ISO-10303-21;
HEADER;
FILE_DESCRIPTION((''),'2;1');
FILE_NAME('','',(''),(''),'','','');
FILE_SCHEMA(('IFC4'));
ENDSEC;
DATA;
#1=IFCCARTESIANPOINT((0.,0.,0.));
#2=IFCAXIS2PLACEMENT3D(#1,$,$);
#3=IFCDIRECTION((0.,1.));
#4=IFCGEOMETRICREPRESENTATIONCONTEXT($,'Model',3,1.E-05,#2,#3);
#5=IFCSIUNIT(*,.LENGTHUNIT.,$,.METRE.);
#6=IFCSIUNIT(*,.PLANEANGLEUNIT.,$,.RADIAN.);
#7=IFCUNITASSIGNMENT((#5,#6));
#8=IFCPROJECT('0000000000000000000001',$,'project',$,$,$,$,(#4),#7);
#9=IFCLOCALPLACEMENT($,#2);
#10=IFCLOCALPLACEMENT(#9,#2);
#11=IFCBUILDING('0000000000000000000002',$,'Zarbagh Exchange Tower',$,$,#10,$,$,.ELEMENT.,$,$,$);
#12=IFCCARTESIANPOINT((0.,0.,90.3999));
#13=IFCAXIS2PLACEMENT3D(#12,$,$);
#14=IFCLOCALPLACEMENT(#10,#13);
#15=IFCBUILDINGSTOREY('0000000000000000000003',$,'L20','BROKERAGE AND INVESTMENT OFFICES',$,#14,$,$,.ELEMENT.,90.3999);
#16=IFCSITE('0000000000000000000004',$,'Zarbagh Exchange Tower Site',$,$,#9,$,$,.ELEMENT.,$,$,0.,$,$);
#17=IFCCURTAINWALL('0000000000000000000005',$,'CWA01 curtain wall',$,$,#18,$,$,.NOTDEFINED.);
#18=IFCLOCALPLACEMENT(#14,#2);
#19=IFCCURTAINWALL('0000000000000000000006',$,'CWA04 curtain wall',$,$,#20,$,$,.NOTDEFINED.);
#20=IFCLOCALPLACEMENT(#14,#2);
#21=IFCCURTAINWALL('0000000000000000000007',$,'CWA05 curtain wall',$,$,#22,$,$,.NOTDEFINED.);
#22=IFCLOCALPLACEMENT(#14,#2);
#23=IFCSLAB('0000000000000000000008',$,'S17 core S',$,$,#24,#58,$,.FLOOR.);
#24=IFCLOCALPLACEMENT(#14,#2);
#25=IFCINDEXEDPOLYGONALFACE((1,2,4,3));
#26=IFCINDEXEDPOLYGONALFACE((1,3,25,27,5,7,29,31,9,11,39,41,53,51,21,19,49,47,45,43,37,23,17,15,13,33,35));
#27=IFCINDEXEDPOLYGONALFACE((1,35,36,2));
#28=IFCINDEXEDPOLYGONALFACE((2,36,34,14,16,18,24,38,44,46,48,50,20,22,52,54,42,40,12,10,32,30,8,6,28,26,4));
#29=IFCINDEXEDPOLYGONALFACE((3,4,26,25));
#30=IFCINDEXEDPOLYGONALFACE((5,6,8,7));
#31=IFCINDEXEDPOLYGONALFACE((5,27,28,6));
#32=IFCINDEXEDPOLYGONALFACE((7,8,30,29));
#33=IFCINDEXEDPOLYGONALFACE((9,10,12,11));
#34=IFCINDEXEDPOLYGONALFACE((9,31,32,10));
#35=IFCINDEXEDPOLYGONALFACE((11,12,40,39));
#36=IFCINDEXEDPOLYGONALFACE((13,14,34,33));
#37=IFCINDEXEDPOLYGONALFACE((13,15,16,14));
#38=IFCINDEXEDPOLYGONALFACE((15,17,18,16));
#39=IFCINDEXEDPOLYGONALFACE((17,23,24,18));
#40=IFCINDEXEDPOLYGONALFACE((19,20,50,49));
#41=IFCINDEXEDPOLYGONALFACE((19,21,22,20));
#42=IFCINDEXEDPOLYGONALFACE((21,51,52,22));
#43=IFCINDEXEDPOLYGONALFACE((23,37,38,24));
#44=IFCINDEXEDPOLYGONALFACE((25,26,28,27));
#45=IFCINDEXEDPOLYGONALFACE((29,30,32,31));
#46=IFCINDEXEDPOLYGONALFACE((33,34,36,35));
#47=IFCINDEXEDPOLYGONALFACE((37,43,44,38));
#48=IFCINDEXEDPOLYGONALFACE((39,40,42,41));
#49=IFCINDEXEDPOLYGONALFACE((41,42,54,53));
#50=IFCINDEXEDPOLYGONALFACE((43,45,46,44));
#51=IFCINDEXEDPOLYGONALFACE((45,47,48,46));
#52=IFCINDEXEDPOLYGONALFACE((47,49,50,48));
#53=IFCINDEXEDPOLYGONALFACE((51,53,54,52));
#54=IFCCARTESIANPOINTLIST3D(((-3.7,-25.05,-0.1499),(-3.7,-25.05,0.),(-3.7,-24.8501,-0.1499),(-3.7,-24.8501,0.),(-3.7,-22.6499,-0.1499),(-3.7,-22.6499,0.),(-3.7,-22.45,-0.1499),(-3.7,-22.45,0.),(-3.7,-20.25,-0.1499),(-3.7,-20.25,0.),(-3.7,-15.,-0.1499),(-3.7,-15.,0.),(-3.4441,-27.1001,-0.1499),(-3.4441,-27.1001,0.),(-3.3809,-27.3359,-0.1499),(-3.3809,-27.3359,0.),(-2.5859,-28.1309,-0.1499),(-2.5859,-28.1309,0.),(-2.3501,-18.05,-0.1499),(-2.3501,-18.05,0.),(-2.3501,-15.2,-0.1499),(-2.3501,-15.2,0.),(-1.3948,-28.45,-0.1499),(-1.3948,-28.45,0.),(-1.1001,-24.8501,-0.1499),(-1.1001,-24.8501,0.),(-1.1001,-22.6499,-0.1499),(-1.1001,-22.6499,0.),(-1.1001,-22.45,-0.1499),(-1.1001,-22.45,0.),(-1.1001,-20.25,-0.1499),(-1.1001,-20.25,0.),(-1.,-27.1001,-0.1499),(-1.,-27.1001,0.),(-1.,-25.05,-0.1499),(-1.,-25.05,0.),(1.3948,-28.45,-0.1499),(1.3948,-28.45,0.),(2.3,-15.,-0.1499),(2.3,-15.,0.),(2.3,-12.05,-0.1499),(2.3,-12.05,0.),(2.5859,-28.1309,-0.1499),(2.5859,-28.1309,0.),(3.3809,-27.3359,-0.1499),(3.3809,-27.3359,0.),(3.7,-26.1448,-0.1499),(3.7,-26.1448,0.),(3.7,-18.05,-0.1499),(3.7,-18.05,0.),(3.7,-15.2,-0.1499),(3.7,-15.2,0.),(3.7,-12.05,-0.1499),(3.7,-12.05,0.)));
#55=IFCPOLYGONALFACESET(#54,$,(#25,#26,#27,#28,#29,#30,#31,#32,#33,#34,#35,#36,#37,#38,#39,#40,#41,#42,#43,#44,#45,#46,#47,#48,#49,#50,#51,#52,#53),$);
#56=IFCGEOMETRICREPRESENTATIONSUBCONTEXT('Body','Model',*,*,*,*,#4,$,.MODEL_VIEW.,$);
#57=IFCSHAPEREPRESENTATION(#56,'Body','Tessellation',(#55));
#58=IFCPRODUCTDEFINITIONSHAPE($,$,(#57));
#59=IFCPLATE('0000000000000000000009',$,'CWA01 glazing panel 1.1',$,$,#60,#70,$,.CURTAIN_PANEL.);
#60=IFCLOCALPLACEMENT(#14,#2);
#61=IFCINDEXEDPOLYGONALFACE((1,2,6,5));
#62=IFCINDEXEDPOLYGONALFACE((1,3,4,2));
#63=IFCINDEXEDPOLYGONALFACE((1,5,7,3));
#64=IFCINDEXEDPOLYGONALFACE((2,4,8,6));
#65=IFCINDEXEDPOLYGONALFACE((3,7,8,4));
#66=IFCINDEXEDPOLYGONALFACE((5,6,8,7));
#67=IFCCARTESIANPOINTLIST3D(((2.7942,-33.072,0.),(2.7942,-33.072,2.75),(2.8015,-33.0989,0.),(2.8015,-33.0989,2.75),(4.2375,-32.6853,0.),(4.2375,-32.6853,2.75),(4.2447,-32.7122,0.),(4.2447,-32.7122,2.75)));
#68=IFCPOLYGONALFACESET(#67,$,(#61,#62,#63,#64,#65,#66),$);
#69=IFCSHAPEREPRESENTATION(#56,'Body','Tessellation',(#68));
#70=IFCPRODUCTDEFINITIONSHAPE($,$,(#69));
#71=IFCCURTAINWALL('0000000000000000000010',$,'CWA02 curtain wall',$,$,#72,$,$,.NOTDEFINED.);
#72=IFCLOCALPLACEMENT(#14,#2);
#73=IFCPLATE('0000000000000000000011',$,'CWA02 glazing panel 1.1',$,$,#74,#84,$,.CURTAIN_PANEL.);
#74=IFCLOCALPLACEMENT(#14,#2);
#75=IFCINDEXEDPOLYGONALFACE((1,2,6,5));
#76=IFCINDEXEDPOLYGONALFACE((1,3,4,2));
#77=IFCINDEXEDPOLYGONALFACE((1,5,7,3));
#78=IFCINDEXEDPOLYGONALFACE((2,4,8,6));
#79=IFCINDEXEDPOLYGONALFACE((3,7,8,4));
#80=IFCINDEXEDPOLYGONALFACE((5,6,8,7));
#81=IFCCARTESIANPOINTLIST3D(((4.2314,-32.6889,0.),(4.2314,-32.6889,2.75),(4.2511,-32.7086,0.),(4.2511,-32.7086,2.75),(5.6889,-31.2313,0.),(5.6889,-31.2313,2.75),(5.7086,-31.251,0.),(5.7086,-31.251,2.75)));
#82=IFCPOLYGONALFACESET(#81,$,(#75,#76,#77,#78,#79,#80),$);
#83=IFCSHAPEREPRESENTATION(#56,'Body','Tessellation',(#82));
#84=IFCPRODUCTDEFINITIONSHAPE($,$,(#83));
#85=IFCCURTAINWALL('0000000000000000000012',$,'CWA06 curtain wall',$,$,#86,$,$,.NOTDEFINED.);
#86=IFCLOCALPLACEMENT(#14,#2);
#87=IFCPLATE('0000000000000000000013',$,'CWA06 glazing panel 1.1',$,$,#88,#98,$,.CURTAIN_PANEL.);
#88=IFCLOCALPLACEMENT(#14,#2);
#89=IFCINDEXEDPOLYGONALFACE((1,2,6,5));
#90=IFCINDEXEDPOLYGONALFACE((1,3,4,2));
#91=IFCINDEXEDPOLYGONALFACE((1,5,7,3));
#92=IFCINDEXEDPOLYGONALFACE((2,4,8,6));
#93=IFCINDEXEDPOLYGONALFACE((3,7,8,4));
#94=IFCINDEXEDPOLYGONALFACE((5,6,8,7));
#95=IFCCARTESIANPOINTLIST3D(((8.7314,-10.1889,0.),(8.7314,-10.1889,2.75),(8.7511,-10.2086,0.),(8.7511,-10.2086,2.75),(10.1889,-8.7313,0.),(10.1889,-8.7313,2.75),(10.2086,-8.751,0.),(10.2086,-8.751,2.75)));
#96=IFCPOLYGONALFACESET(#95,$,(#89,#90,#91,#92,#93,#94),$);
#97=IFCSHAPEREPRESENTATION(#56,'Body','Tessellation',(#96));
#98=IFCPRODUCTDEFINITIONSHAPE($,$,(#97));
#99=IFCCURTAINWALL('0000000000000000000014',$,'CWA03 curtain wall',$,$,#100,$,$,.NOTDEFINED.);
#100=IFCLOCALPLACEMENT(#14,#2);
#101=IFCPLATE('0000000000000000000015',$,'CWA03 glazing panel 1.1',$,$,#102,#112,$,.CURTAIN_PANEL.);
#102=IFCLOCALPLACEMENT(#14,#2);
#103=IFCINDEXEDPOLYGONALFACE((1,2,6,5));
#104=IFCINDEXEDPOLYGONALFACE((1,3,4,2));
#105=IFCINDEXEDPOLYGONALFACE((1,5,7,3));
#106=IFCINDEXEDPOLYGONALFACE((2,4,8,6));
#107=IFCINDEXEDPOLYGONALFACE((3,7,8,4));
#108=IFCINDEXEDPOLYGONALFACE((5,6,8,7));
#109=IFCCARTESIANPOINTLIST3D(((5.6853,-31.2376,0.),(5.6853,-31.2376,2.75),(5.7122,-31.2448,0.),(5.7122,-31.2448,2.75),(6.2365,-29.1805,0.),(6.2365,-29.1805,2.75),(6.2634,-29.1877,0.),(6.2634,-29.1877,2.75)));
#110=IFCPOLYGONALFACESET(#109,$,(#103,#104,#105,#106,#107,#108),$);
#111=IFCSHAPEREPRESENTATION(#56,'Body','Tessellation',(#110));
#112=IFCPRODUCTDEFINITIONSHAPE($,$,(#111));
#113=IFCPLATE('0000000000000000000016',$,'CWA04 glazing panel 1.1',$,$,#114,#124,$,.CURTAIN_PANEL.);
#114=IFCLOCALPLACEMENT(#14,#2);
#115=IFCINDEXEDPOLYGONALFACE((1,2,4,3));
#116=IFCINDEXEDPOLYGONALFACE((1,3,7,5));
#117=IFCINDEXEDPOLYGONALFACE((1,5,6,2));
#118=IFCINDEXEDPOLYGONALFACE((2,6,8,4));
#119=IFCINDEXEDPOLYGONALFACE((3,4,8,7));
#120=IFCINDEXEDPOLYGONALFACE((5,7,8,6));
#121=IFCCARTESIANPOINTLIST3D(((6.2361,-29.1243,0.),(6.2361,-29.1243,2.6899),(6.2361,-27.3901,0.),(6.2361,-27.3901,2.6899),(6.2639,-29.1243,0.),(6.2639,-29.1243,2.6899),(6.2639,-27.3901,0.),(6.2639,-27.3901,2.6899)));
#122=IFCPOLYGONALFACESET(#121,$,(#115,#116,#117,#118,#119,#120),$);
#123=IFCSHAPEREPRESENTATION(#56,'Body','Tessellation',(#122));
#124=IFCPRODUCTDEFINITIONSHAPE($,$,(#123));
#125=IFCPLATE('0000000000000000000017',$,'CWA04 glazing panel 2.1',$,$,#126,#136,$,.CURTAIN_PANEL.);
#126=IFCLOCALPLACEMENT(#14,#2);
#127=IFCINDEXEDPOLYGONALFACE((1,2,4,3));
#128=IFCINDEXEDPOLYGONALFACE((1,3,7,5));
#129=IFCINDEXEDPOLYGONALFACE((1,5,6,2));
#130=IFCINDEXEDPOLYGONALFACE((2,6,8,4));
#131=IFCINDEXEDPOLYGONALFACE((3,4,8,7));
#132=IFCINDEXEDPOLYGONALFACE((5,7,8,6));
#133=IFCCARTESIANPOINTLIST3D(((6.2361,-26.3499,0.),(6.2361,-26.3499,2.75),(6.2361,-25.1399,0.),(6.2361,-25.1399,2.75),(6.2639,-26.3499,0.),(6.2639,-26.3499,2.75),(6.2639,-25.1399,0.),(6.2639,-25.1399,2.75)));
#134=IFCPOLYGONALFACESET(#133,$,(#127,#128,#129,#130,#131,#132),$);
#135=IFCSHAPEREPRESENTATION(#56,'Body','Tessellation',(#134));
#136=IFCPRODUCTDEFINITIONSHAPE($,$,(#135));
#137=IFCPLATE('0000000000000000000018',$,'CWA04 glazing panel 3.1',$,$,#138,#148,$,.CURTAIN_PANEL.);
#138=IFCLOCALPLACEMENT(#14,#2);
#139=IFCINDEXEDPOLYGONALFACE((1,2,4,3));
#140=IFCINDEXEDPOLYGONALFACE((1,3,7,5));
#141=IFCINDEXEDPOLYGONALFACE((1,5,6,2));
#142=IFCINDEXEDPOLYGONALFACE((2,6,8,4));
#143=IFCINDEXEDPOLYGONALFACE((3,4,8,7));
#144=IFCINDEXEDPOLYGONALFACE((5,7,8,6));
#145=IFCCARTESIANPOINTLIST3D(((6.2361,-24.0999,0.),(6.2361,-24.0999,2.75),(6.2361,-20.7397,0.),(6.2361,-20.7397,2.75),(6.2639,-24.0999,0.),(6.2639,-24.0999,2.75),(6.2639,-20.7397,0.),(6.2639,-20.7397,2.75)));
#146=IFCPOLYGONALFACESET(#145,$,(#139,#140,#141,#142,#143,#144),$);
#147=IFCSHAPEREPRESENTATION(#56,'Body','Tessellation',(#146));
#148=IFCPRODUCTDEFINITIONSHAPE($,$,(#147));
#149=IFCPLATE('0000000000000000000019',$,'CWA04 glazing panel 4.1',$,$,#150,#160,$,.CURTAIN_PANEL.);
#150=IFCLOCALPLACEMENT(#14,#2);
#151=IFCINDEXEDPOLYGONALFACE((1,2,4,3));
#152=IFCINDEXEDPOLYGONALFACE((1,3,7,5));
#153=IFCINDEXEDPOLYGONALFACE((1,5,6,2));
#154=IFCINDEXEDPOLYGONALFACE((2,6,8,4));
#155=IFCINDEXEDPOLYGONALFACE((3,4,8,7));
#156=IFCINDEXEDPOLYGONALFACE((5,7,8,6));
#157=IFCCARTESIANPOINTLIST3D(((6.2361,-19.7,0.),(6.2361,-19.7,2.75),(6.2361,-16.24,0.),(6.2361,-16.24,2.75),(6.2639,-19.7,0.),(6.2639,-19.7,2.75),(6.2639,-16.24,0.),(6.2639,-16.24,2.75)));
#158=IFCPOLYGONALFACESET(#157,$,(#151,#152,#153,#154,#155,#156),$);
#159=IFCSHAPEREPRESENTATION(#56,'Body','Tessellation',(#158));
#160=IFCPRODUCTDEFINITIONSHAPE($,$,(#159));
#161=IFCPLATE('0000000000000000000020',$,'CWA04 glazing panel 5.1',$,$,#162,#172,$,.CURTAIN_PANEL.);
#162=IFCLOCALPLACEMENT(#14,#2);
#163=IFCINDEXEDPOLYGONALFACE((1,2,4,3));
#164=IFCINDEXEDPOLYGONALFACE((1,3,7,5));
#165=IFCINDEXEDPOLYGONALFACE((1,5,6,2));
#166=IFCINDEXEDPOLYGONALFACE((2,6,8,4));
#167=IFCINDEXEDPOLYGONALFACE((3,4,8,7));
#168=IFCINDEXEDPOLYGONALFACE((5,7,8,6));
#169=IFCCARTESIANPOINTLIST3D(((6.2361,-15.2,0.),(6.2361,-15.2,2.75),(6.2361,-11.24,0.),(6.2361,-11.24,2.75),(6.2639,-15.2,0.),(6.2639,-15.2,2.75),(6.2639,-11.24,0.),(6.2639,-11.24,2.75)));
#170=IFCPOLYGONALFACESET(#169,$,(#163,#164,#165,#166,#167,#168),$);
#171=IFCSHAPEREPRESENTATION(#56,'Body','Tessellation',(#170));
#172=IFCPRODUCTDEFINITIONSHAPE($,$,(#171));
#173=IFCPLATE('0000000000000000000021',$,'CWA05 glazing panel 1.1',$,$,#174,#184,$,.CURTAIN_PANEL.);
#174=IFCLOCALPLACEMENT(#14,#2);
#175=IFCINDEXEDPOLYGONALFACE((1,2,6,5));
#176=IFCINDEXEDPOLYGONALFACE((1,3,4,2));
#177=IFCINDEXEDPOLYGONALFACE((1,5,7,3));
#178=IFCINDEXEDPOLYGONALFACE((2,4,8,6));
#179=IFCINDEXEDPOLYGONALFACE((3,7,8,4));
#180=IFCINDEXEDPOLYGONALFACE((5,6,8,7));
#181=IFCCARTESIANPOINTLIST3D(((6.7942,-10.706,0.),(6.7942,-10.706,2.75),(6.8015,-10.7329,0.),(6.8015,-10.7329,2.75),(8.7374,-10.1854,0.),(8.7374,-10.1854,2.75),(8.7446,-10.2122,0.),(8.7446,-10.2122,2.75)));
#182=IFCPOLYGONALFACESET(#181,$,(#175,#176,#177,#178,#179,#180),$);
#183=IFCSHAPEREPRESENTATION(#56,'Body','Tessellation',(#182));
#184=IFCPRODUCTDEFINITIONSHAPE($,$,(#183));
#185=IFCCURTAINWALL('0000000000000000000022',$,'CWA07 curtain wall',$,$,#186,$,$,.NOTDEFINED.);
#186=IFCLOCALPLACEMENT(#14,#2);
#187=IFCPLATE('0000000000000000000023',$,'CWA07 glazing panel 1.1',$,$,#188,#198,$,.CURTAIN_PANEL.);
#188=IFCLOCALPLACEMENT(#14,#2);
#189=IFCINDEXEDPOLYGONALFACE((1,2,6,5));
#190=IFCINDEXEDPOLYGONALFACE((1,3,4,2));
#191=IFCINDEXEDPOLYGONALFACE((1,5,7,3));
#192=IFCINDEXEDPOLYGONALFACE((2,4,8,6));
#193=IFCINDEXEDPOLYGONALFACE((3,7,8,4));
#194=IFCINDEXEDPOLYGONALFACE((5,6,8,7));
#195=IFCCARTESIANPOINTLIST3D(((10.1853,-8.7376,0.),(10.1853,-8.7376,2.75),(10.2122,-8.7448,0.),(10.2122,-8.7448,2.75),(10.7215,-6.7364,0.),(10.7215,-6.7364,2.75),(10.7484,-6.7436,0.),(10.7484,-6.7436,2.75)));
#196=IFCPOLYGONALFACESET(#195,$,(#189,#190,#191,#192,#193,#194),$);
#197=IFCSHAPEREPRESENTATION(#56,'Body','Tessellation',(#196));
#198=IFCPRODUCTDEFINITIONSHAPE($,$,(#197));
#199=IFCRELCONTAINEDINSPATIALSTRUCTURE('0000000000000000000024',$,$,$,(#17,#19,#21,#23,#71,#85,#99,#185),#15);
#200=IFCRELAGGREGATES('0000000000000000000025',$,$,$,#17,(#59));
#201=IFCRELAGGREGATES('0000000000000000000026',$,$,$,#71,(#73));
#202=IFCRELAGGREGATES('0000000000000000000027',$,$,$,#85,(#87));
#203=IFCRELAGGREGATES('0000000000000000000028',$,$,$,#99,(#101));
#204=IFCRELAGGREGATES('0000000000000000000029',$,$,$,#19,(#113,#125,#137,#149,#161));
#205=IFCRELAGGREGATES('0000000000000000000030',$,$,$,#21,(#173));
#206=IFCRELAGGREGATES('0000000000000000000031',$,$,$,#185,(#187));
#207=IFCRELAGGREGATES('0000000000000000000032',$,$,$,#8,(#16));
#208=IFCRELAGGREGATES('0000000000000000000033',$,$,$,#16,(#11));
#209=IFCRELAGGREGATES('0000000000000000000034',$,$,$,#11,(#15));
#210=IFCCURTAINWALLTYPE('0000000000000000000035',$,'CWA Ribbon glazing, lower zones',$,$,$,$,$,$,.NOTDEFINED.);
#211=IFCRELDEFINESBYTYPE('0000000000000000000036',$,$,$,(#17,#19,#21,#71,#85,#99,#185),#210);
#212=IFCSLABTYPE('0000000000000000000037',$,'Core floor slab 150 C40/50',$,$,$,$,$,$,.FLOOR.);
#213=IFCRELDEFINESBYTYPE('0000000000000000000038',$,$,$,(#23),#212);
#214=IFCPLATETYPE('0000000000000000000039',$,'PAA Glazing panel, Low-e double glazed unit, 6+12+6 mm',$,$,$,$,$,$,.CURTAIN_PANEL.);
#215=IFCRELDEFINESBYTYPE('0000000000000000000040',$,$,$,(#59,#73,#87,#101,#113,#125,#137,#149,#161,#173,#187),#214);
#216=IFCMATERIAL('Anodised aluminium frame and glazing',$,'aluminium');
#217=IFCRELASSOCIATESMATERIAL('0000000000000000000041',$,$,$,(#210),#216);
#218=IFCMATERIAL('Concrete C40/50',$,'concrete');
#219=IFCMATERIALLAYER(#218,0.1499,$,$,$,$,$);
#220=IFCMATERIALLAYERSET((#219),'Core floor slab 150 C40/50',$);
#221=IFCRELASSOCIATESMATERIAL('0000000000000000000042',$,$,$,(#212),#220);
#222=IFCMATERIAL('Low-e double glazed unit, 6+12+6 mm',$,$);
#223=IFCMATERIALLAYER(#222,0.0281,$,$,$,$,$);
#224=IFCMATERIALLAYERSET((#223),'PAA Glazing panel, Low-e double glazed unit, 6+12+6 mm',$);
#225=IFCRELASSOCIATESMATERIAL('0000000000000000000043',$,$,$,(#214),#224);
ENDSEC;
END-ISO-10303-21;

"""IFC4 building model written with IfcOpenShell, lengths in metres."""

from ifc_helpers import new_model, si_unit, direction, frame, origin, place, context, subcontext, project, spatial, polyline, outline, extrude, source, transform, mapped, material, layer, layer_set, type_object, element, aggregate, save


model = new_model("IFC4")

# Units and contexts
model_context = context("Model", 3, precision=1e-05, world=origin(), true_north=direction((0.0, 1.0)))
body_context = subcontext(model_context, "Body", "Model", "MODEL_VIEW")
ifc_project = project(units=[si_unit("LENGTHUNIT", "METRE"), si_unit("PLANEANGLEUNIT", "RADIAN")], contexts=[model_context])

# Site, building, storey
site_placement = place(None, origin())
site = spatial("IfcSite", under=ifc_project, at=site_placement, Name="Zarbagh Exchange Tower Site", CompositionType="ELEMENT", RefElevation=0.0)
building_placement = place(site_placement, origin())
building = spatial("IfcBuilding", under=site, at=building_placement, Name="Zarbagh Exchange Tower", CompositionType="ELEMENT")
storey_placement = place(building_placement, frame((0.0, 0.0, 90.3999)))
storey = spatial("IfcBuildingStorey", under=building, at=storey_placement, Name="L20", Description="BROKERAGE AND INVESTMENT OFFICES", CompositionType="ELEMENT", Elevation=90.3999)

# Curtain wall
ifc_material_1 = material(Name="Anodised aluminium frame and glazing", Category="aluminium")
curtain_wall_type = type_object("IfcCurtainWallType", Name="CWA Ribbon glazing, lower zones", PredefinedType="NOTDEFINED", material=ifc_material_1)
curtain_wall_1_placement = place(storey_placement, origin())
curtain_wall_1 = element("IfcCurtainWall", 1, at=curtain_wall_1_placement, inside=storey, type_object=curtain_wall_type, Name="CWA01 curtain wall", PredefinedType="NOTDEFINED")
placement = place(storey_placement, origin())

# Curtain wall
curtain_wall_2_placement = place(storey_placement, origin())
curtain_wall_2 = element("IfcCurtainWall", 2, at=curtain_wall_2_placement, inside=storey, type_object=curtain_wall_type, Name="CWA04 curtain wall", PredefinedType="NOTDEFINED")

# Curtain wall
curtain_wall_3_placement = place(storey_placement, origin())
curtain_wall_3 = element("IfcCurtainWall", 3, at=curtain_wall_3_placement, inside=storey, type_object=curtain_wall_type, Name="CWA05 curtain wall", PredefinedType="NOTDEFINED")

# Slab
ifc_material_2 = material(Name="Concrete C40/50", Category="concrete")
ifc_layer_1 = layer(ifc_material_2, 0.1499)
ifc_layer_set_1 = layer_set([ifc_layer_1], Name="Core floor slab 150 C40/50")
slab_type = type_object("IfcSlabType", Name="Core floor slab 150 C40/50", PredefinedType="FLOOR", material=ifc_layer_set_1)
slab_1_placement = place(storey_placement, frame((0.0, 0.0, -0.1499)))
element("IfcSlab", 4, at=slab_1_placement, inside=storey, type_object=slab_type, Name="S17 core S", PredefinedType="FLOOR", context=body_context, shape_type="SweptSolid", body=[
    extrude(outline(polyline([(-2.5859, -28.1309), (-3.3809, -27.3359), (-3.6465, -26.3447), (-3.4441, -27.1001), (-1.0, -27.1001), (-1.0, -25.05), (-3.7, -25.05), (-3.7, -24.8501), (-1.1001, -24.8501), (-1.1001, -22.6499), (-3.7, -22.6499), (-3.7, -22.45), (-1.1001, -22.45), (-1.1001, -20.25), (-3.7, -20.25), (-3.7, -15.0), (2.3, -15.0), (2.3, -12.05), (3.7, -12.05), (3.7, -15.2), (-2.3501, -15.2), (-2.3501, -18.05), (3.7, -18.05), (3.7, -26.1448), (3.3809, -27.3359), (2.5859, -28.1309), (1.3948, -28.45), (-1.3948, -28.45), (-2.5859, -28.1309)])), origin(), (0.0, 0.0, 1.0), 0.1499),
])

# Plate
ifc_material_3 = material(Name="Low-e double glazed unit, 6+12+6 mm")
ifc_layer_2 = layer(ifc_material_3, 0.0281)
ifc_layer_set_2 = layer_set([ifc_layer_2], Name="PAA Glazing panel, Low-e double glazed unit, 6+12+6 mm")
plate_type = type_object("IfcPlateType", Name="PAA Glazing panel, Low-e double glazed unit, 6+12+6 mm", PredefinedType="CURTAIN_PANEL", material=ifc_layer_set_2)
shared_shape_1 = source(origin(), body_context, "Body", "SweptSolid", [
    extrude(outline(polyline([(0.0, -0.0139), (1.4941, -0.0139), (1.4941, 0.0139), (0.0, 0.0139), (0.0, -0.0139)])), origin(), (0.0, 0.0, 1.0), 2.75),
])
plate_1 = element("IfcPlate", 5, at=placement, type_object=plate_type, Name="CWA01 glazing panel 1.1", PredefinedType="CURTAIN_PANEL", context=body_context, shape_type="MappedRepresentation", body=[
    mapped(shared_shape_1, transform((2.7979, -33.0854, 0.0), x_axis=(0.965924, 0.258825, 0.0), y_axis=(-0.258825, 0.965924, 0.0), z_axis=(0.0, 0.0, 1.0))),
])
aggregate(curtain_wall_1, [plate_1])

# Curtain walls, plates
curtain_wall_4_placement = place(storey_placement, origin())
curtain_wall_4 = element("IfcCurtainWall", 6, at=curtain_wall_4_placement, inside=storey, type_object=curtain_wall_type, Name="CWA02 curtain wall", PredefinedType="NOTDEFINED")
shared_shape_2 = source(origin(), body_context, "Body", "SweptSolid", [
    extrude(outline(polyline([(0.0, -0.0139), (2.0613, -0.0139), (2.0613, 0.0139), (0.0, 0.0139), (0.0, -0.0139)])), origin(), (0.0, 0.0, 1.0), 2.75),
])
plate_2 = element("IfcPlate", 7, at=placement, type_object=plate_type, Name="CWA02 glazing panel 1.1", PredefinedType="CURTAIN_PANEL", context=body_context, shape_type="MappedRepresentation", body=[
    mapped(shared_shape_2, transform((4.2412, -32.6987, 0.0), x_axis=(0.707107, 0.707107, 0.0), y_axis=(-0.707107, 0.707107, 0.0), z_axis=(0.0, 0.0, 1.0))),
])
aggregate(curtain_wall_4, [plate_2])
curtain_wall_5_placement = place(storey_placement, origin())
curtain_wall_5 = element("IfcCurtainWall", 8, at=curtain_wall_5_placement, inside=storey, type_object=curtain_wall_type, Name="CWA06 curtain wall", PredefinedType="NOTDEFINED")
plate_3 = element("IfcPlate", 9, at=placement, type_object=plate_type, Name="CWA06 glazing panel 1.1", PredefinedType="CURTAIN_PANEL", context=body_context, shape_type="MappedRepresentation", body=[
    mapped(shared_shape_2, transform((8.7412, -10.1987, 0.0), x_axis=(0.707107, 0.707107, 0.0), y_axis=(-0.707107, 0.707107, 0.0), z_axis=(0.0, 0.0, 1.0))),
])
aggregate(curtain_wall_5, [plate_3])
curtain_wall_6_placement = place(storey_placement, origin())
curtain_wall_6 = element("IfcCurtainWall", 10, at=curtain_wall_6_placement, inside=storey, type_object=curtain_wall_type, Name="CWA03 curtain wall", PredefinedType="NOTDEFINED")
shared_shape_3 = source(origin(), body_context, "Body", "SweptSolid", [
    extrude(outline(polyline([(0.0, -0.0139), (2.1296, -0.0139), (2.1296, 0.0139), (0.0, 0.0139), (0.0, -0.0139)])), origin(), (0.0, 0.0, 1.0), 2.75),
])
plate_4 = element("IfcPlate", 11, at=placement, type_object=plate_type, Name="CWA03 glazing panel 1.1", PredefinedType="CURTAIN_PANEL", context=body_context, shape_type="MappedRepresentation", body=[
    mapped(shared_shape_3, transform((5.6987, -31.2412, 0.0), x_axis=(0.258825, 0.965924, 0.0), y_axis=(-0.965924, 0.258825, 0.0), z_axis=(0.0, 0.0, 1.0))),
])
aggregate(curtain_wall_6, [plate_4])

# Plates
shared_shape_4 = source(origin(), body_context, "Body", "SweptSolid", [
    extrude(outline(polyline([(0.0, -0.0139), (1.7341, -0.0139), (1.7341, 0.0139), (0.0, 0.0139), (0.0, -0.0139)])), origin(), (0.0, 0.0, 1.0), 2.6899),
])
plate_5 = element("IfcPlate", 12, at=placement, type_object=plate_type, Name="CWA04 glazing panel 1.1", PredefinedType="CURTAIN_PANEL", context=body_context, shape_type="MappedRepresentation", body=[
    mapped(shared_shape_4, transform((6.25, -29.1243, 0.0), x_axis=(0.0, 1.0, 0.0), y_axis=(-1.0, 0.0, 0.0), z_axis=(0.0, 0.0, 1.0))),
])
shared_shape_5 = source(origin(), body_context, "Body", "SweptSolid", [
    extrude(outline(polyline([(0.0, -0.0139), (1.21, -0.0139), (1.21, 0.0139), (0.0, 0.0139), (0.0, -0.0139)])), origin(), (0.0, 0.0, 1.0), 2.75),
])
plate_6 = element("IfcPlate", 13, at=placement, type_object=plate_type, Name="CWA04 glazing panel 2.1", PredefinedType="CURTAIN_PANEL", context=body_context, shape_type="MappedRepresentation", body=[
    mapped(shared_shape_5, transform((6.25, -26.3499, 0.0), x_axis=(0.0, 1.0, 0.0), y_axis=(-1.0, 0.0, 0.0), z_axis=(0.0, 0.0, 1.0))),
])
shared_shape_6 = source(origin(), body_context, "Body", "SweptSolid", [
    extrude(outline(polyline([(0.0, -0.0139), (3.3601, -0.0139), (3.3601, 0.0139), (0.0, 0.0139), (0.0, -0.0139)])), origin(), (0.0, 0.0, 1.0), 2.75),
])
plate_7 = element("IfcPlate", 14, at=placement, type_object=plate_type, Name="CWA04 glazing panel 3.1", PredefinedType="CURTAIN_PANEL", context=body_context, shape_type="MappedRepresentation", body=[
    mapped(shared_shape_6, transform((6.25, -24.0999, 0.0), x_axis=(0.0, 1.0, 0.0), y_axis=(-1.0, 0.0, 0.0), z_axis=(0.0, 0.0, 1.0))),
])
shared_shape_7 = source(origin(), body_context, "Body", "SweptSolid", [
    extrude(outline(polyline([(0.0, -0.0139), (3.46, -0.0139), (3.46, 0.0139), (0.0, 0.0139), (0.0, -0.0139)])), origin(), (0.0, 0.0, 1.0), 2.75),
])
plate_8 = element("IfcPlate", 15, at=placement, type_object=plate_type, Name="CWA04 glazing panel 4.1", PredefinedType="CURTAIN_PANEL", context=body_context, shape_type="MappedRepresentation", body=[
    mapped(shared_shape_7, transform((6.25, -19.7, 0.0), x_axis=(0.0, 1.0, 0.0), y_axis=(-1.0, 0.0, 0.0), z_axis=(0.0, 0.0, 1.0))),
])
shared_shape_8 = source(origin(), body_context, "Body", "SweptSolid", [
    extrude(outline(polyline([(0.0, -0.0139), (3.96, -0.0139), (3.96, 0.0139), (0.0, 0.0139), (0.0, -0.0139)])), origin(), (0.0, 0.0, 1.0), 2.75),
])
plate_9 = element("IfcPlate", 16, at=placement, type_object=plate_type, Name="CWA04 glazing panel 5.1", PredefinedType="CURTAIN_PANEL", context=body_context, shape_type="MappedRepresentation", body=[
    mapped(shared_shape_8, transform((6.25, -15.2, 0.0), x_axis=(0.0, 1.0, 0.0), y_axis=(-1.0, 0.0, 0.0), z_axis=(0.0, 0.0, 1.0))),
])
aggregate(curtain_wall_2, [plate_5, plate_6, plate_7, plate_8, plate_9])
shared_shape_9 = source(origin(), body_context, "Body", "SweptSolid", [
    extrude(outline(polyline([(0.0, -0.0139), (2.0117, -0.0139), (2.0117, 0.0139), (0.0, 0.0139), (0.0, -0.0139)])), origin(), (0.0, 0.0, 1.0), 2.75),
])
plate_10 = element("IfcPlate", 17, at=placement, type_object=plate_type, Name="CWA05 glazing panel 1.1", PredefinedType="CURTAIN_PANEL", context=body_context, shape_type="MappedRepresentation", body=[
    mapped(shared_shape_9, transform((6.7979, -10.7195, 0.0), x_axis=(0.965924, 0.258825, 0.0), y_axis=(-0.258825, 0.965924, 0.0), z_axis=(0.0, 0.0, 1.0))),
])
aggregate(curtain_wall_3, [plate_10])

# Curtain wall, plate
curtain_wall_7_placement = place(storey_placement, origin())
curtain_wall_7 = element("IfcCurtainWall", 18, at=curtain_wall_7_placement, inside=storey, type_object=curtain_wall_type, Name="CWA07 curtain wall", PredefinedType="NOTDEFINED")
shared_shape_10 = source(origin(), body_context, "Body", "SweptSolid", [
    extrude(outline(polyline([(0.0, -0.0139), (2.0718, -0.0139), (2.0718, 0.0139), (0.0, 0.0139), (0.0, -0.0139)])), origin(), (0.0, 0.0, 1.0), 2.75),
])
plate_11 = element("IfcPlate", 19, at=placement, type_object=plate_type, Name="CWA07 glazing panel 1.1", PredefinedType="CURTAIN_PANEL", context=body_context, shape_type="MappedRepresentation", body=[
    mapped(shared_shape_10, transform((10.1987, -8.7412, 0.0), x_axis=(0.258825, 0.965924, 0.0), y_axis=(-0.965924, 0.258825, 0.0), z_axis=(0.0, 0.0, 1.0))),
])
aggregate(curtain_wall_7, [plate_11])

save(model, "model.ifc")
